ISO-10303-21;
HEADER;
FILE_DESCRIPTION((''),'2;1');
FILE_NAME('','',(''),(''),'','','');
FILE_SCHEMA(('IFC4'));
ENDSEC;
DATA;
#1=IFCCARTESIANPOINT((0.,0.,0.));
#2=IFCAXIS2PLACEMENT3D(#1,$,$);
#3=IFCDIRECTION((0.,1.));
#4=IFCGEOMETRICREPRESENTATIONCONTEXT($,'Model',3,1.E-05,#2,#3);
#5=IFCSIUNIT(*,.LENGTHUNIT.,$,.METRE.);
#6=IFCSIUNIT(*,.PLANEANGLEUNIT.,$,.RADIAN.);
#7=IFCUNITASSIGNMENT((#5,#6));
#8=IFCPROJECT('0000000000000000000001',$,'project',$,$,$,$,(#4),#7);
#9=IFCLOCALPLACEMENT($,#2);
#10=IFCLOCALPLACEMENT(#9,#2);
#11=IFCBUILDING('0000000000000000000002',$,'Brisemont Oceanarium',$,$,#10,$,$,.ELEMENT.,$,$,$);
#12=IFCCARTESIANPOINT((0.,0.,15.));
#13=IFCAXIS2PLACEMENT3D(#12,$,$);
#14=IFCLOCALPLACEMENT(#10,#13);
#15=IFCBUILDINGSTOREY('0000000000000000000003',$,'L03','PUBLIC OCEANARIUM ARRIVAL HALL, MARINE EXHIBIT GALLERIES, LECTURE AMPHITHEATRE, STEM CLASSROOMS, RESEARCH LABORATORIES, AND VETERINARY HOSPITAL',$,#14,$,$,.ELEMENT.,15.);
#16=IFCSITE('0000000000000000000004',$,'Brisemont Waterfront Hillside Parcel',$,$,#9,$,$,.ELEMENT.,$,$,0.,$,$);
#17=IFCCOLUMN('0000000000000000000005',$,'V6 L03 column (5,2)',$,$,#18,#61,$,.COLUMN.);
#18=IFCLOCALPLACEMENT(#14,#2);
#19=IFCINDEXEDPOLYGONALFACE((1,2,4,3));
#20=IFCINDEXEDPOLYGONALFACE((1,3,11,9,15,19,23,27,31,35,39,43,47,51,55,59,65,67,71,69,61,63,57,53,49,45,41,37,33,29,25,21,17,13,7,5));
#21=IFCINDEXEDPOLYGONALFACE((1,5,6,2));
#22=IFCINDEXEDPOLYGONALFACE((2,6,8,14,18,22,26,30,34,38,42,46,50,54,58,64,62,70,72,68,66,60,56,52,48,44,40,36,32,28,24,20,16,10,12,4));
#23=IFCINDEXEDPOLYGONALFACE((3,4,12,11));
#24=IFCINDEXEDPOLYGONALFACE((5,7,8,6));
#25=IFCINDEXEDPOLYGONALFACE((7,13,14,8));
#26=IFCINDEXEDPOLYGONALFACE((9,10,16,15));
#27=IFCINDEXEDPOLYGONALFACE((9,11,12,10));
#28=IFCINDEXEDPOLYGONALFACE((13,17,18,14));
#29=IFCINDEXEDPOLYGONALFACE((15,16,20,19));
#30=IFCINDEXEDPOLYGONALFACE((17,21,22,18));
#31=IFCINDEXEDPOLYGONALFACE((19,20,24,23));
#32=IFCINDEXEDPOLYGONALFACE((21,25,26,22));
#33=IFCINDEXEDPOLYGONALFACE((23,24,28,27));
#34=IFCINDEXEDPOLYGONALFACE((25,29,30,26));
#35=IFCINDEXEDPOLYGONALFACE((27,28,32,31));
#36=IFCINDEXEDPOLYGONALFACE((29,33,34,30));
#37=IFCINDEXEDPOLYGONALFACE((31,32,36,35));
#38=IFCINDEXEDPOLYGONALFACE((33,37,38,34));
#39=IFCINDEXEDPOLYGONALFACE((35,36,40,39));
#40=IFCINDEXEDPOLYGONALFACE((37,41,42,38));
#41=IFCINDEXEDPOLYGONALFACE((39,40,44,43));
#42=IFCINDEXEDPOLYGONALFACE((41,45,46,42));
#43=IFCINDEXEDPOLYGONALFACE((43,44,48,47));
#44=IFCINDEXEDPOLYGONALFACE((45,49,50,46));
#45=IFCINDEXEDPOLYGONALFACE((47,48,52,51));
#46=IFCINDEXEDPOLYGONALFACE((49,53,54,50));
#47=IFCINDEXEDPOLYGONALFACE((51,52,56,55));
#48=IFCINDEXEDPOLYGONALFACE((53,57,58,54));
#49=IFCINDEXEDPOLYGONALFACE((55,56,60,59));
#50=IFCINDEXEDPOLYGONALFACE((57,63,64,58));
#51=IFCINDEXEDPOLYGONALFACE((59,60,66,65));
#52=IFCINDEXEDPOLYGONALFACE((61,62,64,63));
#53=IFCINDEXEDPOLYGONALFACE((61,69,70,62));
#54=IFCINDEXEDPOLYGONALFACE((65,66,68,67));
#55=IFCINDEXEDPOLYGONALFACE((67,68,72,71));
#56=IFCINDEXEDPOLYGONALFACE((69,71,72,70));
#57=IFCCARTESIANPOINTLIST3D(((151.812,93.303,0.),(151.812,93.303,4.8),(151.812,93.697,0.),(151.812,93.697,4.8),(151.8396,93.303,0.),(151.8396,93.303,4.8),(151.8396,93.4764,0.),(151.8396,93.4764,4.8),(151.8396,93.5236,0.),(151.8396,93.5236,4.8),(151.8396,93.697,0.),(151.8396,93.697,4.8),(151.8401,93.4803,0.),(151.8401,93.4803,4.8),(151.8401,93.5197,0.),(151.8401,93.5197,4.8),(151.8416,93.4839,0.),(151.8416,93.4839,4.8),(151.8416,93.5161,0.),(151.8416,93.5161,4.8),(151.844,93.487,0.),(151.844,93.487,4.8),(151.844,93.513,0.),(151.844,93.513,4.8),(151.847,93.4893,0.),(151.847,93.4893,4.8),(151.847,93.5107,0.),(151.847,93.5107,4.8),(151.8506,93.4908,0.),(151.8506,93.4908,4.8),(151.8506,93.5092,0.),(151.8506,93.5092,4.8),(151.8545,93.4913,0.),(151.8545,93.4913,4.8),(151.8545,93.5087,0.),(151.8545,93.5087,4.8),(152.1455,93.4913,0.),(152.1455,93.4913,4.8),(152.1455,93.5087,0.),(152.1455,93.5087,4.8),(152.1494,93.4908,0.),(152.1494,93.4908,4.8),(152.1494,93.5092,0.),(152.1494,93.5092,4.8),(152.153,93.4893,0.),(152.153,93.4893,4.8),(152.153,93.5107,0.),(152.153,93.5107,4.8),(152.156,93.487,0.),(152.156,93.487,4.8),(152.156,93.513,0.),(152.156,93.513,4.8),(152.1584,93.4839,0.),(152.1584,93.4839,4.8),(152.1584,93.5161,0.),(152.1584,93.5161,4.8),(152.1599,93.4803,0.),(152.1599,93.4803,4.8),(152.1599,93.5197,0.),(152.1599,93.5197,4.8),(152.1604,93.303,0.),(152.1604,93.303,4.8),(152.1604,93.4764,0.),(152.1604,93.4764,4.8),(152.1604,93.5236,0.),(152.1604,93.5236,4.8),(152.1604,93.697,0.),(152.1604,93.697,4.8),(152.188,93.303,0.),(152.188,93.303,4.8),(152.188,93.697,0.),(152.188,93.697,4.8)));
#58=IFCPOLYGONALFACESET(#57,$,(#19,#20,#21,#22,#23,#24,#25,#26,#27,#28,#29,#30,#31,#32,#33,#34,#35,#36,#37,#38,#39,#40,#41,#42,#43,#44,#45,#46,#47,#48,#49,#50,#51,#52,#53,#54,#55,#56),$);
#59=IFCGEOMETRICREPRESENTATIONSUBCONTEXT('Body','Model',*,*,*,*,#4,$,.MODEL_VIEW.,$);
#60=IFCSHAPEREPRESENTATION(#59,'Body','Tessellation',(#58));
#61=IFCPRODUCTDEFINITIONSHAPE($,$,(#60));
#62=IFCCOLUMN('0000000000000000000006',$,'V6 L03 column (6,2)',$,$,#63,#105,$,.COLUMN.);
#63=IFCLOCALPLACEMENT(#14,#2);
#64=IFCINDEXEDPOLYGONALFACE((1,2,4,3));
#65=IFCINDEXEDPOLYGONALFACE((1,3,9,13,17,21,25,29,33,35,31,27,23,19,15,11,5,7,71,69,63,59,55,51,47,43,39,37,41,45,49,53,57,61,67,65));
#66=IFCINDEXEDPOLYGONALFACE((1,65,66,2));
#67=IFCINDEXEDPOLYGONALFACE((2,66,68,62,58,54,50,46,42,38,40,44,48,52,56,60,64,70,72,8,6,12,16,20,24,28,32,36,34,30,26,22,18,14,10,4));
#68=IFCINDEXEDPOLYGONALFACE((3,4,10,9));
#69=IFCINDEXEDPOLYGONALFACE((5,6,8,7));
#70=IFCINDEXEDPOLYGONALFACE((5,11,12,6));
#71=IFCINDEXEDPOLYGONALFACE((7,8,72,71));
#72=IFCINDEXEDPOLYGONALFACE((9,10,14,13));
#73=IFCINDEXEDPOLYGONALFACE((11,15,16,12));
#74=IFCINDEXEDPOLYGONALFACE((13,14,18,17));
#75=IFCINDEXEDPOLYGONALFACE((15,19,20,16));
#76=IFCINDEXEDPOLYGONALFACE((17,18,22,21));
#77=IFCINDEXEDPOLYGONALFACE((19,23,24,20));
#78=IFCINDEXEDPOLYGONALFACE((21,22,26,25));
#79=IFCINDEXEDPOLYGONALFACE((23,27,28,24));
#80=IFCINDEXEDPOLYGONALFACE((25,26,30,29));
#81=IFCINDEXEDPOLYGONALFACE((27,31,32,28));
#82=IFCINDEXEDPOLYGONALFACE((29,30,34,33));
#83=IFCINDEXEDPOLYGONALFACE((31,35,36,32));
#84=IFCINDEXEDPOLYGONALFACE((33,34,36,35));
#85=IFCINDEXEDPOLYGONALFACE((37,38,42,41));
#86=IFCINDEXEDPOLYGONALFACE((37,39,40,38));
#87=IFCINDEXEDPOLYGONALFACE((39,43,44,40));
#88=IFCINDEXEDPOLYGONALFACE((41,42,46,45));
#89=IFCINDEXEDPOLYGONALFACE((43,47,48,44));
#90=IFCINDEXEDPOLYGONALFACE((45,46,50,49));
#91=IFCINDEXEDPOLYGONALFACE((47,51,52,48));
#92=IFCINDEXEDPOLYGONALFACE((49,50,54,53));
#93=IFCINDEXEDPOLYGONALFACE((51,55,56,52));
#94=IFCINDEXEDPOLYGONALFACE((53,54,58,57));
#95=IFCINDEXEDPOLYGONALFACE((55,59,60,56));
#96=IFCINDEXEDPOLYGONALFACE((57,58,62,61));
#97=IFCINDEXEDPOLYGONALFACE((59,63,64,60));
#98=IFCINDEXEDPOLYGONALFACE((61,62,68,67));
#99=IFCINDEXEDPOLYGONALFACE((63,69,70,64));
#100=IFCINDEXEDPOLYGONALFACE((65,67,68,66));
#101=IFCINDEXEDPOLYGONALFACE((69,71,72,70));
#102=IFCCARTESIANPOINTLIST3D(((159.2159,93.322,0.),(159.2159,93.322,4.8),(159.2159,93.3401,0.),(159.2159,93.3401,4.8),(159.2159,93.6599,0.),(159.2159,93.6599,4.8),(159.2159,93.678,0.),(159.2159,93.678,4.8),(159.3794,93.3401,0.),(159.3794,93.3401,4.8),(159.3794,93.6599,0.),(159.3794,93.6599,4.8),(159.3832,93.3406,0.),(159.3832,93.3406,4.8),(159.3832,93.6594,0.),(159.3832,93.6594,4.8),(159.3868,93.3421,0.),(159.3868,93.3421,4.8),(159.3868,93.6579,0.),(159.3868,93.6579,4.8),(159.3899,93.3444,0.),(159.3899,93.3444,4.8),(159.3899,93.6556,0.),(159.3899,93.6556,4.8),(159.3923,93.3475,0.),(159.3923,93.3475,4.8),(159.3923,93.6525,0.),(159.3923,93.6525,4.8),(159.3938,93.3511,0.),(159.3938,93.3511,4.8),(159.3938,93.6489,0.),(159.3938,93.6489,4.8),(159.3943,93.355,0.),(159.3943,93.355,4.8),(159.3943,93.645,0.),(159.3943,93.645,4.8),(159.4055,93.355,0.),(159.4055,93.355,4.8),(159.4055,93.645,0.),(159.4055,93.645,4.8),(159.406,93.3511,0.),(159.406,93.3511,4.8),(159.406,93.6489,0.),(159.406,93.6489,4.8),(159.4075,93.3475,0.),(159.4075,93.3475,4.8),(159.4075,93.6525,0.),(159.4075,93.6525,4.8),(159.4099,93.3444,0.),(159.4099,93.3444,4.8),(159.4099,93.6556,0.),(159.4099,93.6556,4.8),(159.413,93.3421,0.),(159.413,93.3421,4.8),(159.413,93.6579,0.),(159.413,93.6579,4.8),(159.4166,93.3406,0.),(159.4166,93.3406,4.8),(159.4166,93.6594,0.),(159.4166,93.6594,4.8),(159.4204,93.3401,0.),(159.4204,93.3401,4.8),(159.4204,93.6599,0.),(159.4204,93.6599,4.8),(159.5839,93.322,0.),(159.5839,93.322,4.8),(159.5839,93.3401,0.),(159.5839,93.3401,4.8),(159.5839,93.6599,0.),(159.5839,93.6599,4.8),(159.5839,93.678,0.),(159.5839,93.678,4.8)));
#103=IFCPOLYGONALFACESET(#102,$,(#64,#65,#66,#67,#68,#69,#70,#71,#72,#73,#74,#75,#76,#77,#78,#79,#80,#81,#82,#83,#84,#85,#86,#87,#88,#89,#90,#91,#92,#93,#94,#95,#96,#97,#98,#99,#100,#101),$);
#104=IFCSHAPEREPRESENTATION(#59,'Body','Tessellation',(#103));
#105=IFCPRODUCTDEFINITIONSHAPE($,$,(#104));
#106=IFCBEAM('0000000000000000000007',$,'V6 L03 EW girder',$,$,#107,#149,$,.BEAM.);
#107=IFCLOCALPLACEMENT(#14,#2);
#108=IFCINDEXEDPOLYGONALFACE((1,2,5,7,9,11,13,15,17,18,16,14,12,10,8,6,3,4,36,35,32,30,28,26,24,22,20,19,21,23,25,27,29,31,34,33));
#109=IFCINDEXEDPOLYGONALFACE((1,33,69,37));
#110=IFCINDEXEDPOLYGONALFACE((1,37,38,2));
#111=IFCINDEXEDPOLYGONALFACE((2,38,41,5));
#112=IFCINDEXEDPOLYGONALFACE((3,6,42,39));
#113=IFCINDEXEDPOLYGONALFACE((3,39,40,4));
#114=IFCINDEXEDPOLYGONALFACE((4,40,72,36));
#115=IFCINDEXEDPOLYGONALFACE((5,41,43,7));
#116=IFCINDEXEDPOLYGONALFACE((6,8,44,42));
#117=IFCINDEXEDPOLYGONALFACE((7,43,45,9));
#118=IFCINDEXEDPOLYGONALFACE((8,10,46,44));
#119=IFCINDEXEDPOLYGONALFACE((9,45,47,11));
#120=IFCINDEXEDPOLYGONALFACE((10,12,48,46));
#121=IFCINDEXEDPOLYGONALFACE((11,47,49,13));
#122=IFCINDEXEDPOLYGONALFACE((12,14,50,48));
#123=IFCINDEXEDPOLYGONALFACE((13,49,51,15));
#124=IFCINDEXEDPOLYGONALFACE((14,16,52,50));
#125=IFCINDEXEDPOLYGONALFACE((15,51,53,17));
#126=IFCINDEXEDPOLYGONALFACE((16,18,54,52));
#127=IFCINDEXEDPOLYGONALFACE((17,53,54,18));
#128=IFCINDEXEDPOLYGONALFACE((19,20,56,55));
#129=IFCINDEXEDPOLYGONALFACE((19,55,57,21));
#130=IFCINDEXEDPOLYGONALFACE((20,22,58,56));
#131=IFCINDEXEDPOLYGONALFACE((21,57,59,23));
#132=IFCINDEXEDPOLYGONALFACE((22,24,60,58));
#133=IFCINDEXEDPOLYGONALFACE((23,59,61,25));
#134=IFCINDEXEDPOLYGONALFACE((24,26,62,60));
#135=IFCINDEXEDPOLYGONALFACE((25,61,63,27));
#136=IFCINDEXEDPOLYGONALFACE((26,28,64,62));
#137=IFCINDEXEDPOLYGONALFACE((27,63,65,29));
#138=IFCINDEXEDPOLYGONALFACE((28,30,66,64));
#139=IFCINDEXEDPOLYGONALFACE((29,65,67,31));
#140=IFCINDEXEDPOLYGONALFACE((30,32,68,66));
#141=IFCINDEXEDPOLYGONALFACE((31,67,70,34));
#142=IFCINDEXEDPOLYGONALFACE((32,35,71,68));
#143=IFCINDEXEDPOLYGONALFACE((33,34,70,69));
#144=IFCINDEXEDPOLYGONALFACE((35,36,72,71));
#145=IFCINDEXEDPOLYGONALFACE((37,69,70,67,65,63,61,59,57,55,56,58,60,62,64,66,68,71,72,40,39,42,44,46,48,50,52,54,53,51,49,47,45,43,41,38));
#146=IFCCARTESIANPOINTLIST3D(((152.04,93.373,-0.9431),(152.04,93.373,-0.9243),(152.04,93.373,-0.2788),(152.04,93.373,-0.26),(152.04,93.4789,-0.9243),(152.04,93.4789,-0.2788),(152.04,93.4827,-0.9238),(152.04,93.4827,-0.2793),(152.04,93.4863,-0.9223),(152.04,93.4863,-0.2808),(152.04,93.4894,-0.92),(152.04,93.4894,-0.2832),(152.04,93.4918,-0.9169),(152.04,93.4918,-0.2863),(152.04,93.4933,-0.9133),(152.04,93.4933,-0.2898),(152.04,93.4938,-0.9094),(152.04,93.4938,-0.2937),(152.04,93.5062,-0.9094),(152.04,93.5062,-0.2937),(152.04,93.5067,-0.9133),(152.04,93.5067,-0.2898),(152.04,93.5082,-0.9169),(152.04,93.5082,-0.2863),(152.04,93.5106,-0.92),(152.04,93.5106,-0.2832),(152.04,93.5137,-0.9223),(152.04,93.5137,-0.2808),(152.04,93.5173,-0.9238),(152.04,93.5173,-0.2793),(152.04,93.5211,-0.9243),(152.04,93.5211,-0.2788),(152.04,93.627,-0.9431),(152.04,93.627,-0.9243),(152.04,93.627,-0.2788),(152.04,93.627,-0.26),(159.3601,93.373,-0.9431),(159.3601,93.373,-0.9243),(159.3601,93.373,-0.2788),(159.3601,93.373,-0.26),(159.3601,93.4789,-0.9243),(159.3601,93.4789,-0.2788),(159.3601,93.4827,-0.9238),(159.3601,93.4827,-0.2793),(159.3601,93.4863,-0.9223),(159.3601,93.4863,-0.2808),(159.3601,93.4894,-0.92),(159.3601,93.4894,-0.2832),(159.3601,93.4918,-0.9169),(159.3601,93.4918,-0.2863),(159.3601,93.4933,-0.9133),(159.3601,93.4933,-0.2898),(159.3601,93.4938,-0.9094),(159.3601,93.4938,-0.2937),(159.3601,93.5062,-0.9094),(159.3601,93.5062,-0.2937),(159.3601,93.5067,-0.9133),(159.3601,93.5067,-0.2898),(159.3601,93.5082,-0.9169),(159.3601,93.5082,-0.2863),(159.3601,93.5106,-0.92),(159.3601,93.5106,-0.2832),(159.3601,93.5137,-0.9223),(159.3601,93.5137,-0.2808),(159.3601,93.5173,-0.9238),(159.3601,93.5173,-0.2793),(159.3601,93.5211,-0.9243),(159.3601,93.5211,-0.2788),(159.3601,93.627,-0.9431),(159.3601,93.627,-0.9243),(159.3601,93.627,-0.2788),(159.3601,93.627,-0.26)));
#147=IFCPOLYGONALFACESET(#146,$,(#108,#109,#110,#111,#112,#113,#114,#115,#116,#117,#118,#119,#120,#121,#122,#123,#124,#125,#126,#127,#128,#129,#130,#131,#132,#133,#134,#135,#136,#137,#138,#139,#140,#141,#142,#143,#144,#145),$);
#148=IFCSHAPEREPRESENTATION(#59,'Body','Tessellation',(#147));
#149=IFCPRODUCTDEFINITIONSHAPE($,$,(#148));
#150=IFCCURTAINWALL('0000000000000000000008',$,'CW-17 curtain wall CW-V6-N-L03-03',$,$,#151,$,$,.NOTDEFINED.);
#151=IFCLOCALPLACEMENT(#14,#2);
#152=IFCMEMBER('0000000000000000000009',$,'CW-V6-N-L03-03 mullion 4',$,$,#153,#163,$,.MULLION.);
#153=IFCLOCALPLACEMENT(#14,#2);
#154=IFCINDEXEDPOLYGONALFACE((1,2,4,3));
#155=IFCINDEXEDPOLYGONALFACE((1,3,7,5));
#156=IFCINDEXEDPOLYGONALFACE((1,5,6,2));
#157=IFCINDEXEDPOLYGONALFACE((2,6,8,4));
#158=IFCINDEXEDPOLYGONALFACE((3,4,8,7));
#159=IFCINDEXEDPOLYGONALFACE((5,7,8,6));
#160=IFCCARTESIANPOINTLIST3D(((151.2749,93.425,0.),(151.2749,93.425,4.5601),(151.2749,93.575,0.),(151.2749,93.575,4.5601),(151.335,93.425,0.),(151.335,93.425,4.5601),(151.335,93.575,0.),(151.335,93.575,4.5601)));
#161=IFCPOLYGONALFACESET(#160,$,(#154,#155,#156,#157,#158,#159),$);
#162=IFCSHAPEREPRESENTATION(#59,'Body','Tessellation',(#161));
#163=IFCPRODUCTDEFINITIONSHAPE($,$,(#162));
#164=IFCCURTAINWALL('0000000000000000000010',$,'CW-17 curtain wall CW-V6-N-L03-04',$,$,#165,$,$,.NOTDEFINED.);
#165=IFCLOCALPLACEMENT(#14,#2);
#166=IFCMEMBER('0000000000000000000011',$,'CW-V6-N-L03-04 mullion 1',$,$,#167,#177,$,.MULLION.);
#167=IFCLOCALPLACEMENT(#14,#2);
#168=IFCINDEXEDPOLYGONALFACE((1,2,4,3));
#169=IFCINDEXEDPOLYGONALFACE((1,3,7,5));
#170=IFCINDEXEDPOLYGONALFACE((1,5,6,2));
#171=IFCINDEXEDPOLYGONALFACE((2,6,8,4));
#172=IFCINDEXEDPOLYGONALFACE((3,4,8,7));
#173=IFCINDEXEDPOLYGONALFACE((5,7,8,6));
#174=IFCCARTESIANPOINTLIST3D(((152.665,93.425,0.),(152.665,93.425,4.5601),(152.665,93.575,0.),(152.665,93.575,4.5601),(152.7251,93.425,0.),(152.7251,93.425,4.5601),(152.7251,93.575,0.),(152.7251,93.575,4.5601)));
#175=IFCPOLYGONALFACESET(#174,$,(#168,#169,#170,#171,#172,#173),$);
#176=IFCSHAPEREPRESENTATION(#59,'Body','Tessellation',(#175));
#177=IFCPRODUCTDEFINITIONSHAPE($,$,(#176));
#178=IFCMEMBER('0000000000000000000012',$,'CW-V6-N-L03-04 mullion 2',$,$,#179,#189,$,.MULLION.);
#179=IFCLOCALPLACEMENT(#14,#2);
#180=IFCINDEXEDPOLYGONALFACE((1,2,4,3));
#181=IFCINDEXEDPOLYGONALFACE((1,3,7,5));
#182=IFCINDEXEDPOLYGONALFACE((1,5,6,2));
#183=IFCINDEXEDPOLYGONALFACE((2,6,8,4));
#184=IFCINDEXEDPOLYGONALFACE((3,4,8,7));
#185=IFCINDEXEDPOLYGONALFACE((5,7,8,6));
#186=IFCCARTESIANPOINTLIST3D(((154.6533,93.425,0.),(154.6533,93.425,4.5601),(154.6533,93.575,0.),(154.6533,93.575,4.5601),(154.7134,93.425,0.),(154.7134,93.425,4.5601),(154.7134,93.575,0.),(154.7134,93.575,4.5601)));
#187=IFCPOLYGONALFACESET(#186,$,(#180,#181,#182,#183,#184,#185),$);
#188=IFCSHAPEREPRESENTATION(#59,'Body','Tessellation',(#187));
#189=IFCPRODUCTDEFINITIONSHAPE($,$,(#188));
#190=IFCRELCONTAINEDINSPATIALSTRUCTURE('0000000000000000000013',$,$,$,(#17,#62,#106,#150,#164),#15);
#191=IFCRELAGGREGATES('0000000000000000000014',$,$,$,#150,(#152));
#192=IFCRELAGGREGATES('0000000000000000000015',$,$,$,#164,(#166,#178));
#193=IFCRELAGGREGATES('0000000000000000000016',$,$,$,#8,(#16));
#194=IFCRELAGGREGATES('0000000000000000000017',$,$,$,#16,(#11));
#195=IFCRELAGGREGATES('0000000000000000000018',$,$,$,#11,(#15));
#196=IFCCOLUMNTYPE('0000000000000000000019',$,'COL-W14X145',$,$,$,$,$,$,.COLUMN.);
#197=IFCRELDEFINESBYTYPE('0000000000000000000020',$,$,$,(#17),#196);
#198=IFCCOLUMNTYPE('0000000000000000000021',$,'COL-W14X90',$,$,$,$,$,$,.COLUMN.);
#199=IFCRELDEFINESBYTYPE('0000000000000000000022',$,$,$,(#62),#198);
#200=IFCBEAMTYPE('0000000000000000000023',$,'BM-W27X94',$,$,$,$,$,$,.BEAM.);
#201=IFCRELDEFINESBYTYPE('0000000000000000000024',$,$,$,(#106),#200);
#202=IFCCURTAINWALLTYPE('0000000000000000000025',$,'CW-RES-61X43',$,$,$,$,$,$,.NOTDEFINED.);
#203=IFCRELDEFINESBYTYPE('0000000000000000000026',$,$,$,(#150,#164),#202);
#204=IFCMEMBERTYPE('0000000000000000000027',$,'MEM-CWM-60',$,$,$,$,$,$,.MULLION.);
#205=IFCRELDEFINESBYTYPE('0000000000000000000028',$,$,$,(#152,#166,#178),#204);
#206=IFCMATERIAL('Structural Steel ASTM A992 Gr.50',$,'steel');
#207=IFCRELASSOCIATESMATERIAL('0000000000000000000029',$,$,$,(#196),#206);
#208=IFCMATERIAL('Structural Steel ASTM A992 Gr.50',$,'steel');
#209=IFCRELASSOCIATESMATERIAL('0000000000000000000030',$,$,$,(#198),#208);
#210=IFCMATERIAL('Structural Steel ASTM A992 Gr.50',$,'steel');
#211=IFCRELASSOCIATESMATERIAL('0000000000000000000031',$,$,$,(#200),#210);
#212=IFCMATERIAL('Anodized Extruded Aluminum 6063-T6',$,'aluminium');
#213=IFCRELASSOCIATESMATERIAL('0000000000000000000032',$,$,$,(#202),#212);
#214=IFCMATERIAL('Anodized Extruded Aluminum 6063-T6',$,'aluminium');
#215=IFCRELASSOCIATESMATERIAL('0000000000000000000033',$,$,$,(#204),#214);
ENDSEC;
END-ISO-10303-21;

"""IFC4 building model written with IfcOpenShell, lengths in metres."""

from ifc_helpers import new_model, si_unit, direction, frame, origin, origin_2d, place, context, subcontext, project, spatial, rectangle, i_section, extrude, material, material_profile, profile_set, type_object, element, aggregate, save


model = new_model("IFC4")

# Units and contexts
model_context = context("Model", 3, precision=1e-05, world=origin(), true_north=direction((0.0, 1.0)))
body_context = subcontext(model_context, "Body", "Model", "MODEL_VIEW")
ifc_project = project(units=[si_unit("LENGTHUNIT", "METRE"), si_unit("PLANEANGLEUNIT", "RADIAN")], contexts=[model_context])

# Site, building, storey
site_placement = place(None, origin())
site = spatial("IfcSite", under=ifc_project, at=site_placement, Name="Brisemont Waterfront Hillside Parcel", CompositionType="ELEMENT", RefElevation=0.0)
building_placement = place(site_placement, origin())
building = spatial("IfcBuilding", under=site, at=building_placement, Name="Brisemont Oceanarium", CompositionType="ELEMENT")
storey_placement = place(building_placement, frame((0.0, 0.0, 15.0)))
storey = spatial("IfcBuildingStorey", under=building, at=storey_placement, Name="L03", Description="PUBLIC OCEANARIUM ARRIVAL HALL, MARINE EXHIBIT GALLERIES, LECTURE AMPHITHEATRE, STEM CLASSROOMS, RESEARCH LABORATORIES, AND VETERINARY HOSPITAL", CompositionType="ELEMENT", Elevation=15.0)

# Columns
ifc_material_1 = material(Name="Structural Steel ASTM A992 Gr.50", Category="steel")
ifc_material_profile_1 = material_profile(ifc_material_1, i_section(OverallWidth=0.394, OverallDepth=0.376, WebThickness=0.0173, FlangeThickness=0.0276, FilletRadius=0.0149, at=origin_2d()), Name="W14X145")
ifc_profile_set_1 = profile_set([ifc_material_profile_1], Name="Structural Steel ASTM A992 Gr.50")
column_type_1 = type_object("IfcColumnType", Name="COL-W14X145", PredefinedType="COLUMN", material=ifc_profile_set_1)
column_1_placement = place(storey_placement, frame((152.0, 93.5, 0.0), z_axis=(0.0, 0.0, 1.0), x_axis=(0.0, 1.0, 0.0)))
element("IfcColumn", 1, at=column_1_placement, inside=storey, type_object=column_type_1, Name="V6 L03 column (5,2)", PredefinedType="COLUMN", context=body_context, shape_type="SweptSolid", body=[
    extrude(i_section(OverallWidth=0.394, OverallDepth=0.376, WebThickness=0.0173, FlangeThickness=0.0276, FilletRadius=0.0149, at=origin_2d()), origin(), (0.0, 0.0, 1.0), 4.8),
])
ifc_material_2 = material(Name="Structural Steel ASTM A992 Gr.50", Category="steel")
ifc_material_profile_2 = material_profile(ifc_material_2, i_section(OverallWidth=0.3679, OverallDepth=0.356, WebThickness=0.0112, FlangeThickness=0.0181, FilletRadius=0.0149, at=origin_2d()), Name="W14X90")
ifc_profile_set_2 = profile_set([ifc_material_profile_2], Name="Structural Steel ASTM A992 Gr.50")
column_type_2 = type_object("IfcColumnType", Name="COL-W14X90", PredefinedType="COLUMN", material=ifc_profile_set_2)
column_2_placement = place(storey_placement, frame((159.3999, 93.5, 0.0), z_axis=(0.0, 0.0, 1.0), x_axis=(1.0, 0.0, 0.0)))
element("IfcColumn", 2, at=column_2_placement, inside=storey, type_object=column_type_2, Name="V6 L03 column (6,2)", PredefinedType="COLUMN", context=body_context, shape_type="SweptSolid", body=[
    extrude(i_section(OverallWidth=0.3679, OverallDepth=0.356, WebThickness=0.0112, FlangeThickness=0.0181, FilletRadius=0.0149, at=origin_2d()), origin(), (0.0, 0.0, 1.0), 4.8),
])

# Beam
ifc_material_3 = material(Name="Structural Steel ASTM A992 Gr.50", Category="steel")
ifc_material_profile_3 = material_profile(ifc_material_3, i_section(OverallWidth=0.2539, OverallDepth=0.6831, WebThickness=0.0125, FlangeThickness=0.0188, FilletRadius=0.0149, at=origin_2d()), Name="W27X94")
ifc_profile_set_3 = profile_set([ifc_material_profile_3], Name="Structural Steel ASTM A992 Gr.50")
beam_type = type_object("IfcBeamType", Name="BM-W27X94", PredefinedType="BEAM", material=ifc_profile_set_3)
beam_placement = place(storey_placement, frame((152.04, 93.5, -0.6016), z_axis=(1.0, 0.0, 0.0), x_axis=(0.0, 1.0, 0.0)))
element("IfcBeam", 3, at=beam_placement, inside=storey, type_object=beam_type, Name="V6 L03 EW girder", PredefinedType="BEAM", context=body_context, shape_type="SweptSolid", body=[
    extrude(i_section(OverallWidth=0.2539, OverallDepth=0.6831, WebThickness=0.0125, FlangeThickness=0.0188, FilletRadius=0.0149, at=origin_2d()), origin(), (0.0, 0.0, 1.0), 7.3201),
])

# Curtain wall, member
ifc_material_4 = material(Name="Anodized Extruded Aluminum 6063-T6", Category="aluminium")
curtain_wall_type = type_object("IfcCurtainWallType", Name="CW-RES-61X43", PredefinedType="NOTDEFINED", material=ifc_material_4)
curtain_wall_1_placement = place(storey_placement, origin())
curtain_wall_1 = element("IfcCurtainWall", 4, at=curtain_wall_1_placement, inside=storey, type_object=curtain_wall_type, Name="CW-17 curtain wall CW-V6-N-L03-03", PredefinedType="NOTDEFINED")
ifc_material_5 = material(Name="Anodized Extruded Aluminum 6063-T6", Category="aluminium")
ifc_material_profile_4 = material_profile(ifc_material_5, rectangle(XDim=0.0601, YDim=0.1499, at=origin_2d()), Name="CWM-60X150")
ifc_profile_set_4 = profile_set([ifc_material_profile_4], Name="Anodized Extruded Aluminum 6063-T6")
member_type_1 = type_object("IfcMemberType", Name="MEM-CWM-60", PredefinedType="MULLION", material=ifc_profile_set_4)
member_1_placement = place(storey_placement, frame((151.3049, 93.5, 0.0), z_axis=(0.0, 0.0, 1.0), x_axis=(1.0, 0.0, 0.0)))
member_1 = element("IfcMember", 5, at=member_1_placement, type_object=member_type_1, Name="CW-V6-N-L03-03 mullion 4", PredefinedType="MULLION", context=body_context, shape_type="SweptSolid", body=[
    extrude(rectangle(XDim=0.0601, YDim=0.1499, at=origin_2d()), origin(), (0.0, 0.0, 1.0), 4.5601),
])

# Curtain wall, members
curtain_wall_2_placement = place(storey_placement, origin())
curtain_wall_2 = element("IfcCurtainWall", 6, at=curtain_wall_2_placement, inside=storey, type_object=curtain_wall_type, Name="CW-17 curtain wall CW-V6-N-L03-04", PredefinedType="NOTDEFINED")
member_2_placement = place(storey_placement, frame((152.6951, 93.5, 0.0), z_axis=(0.0, 0.0, 1.0), x_axis=(1.0, 0.0, 0.0)))
member_2 = element("IfcMember", 7, at=member_2_placement, type_object=member_type_1, Name="CW-V6-N-L03-04 mullion 1", PredefinedType="MULLION", context=body_context, shape_type="SweptSolid", body=[
    extrude(rectangle(XDim=0.0601, YDim=0.1499, at=origin_2d()), origin(), (0.0, 0.0, 1.0), 4.5601),
])
member_3_placement = place(storey_placement, frame((154.6833, 93.5, 0.0), z_axis=(0.0, 0.0, 1.0), x_axis=(1.0, 0.0, 0.0)))
member_3 = element("IfcMember", 8, at=member_3_placement, type_object=member_type_1, Name="CW-V6-N-L03-04 mullion 2", PredefinedType="MULLION", context=body_context, shape_type="SweptSolid", body=[
    extrude(rectangle(XDim=0.0601, YDim=0.1499, at=origin_2d()), origin(), (0.0, 0.0, 1.0), 4.5601),
])

aggregate(curtain_wall_1, [member_1])
aggregate(curtain_wall_2, [member_2, member_3])

save(model, "model.ifc")
